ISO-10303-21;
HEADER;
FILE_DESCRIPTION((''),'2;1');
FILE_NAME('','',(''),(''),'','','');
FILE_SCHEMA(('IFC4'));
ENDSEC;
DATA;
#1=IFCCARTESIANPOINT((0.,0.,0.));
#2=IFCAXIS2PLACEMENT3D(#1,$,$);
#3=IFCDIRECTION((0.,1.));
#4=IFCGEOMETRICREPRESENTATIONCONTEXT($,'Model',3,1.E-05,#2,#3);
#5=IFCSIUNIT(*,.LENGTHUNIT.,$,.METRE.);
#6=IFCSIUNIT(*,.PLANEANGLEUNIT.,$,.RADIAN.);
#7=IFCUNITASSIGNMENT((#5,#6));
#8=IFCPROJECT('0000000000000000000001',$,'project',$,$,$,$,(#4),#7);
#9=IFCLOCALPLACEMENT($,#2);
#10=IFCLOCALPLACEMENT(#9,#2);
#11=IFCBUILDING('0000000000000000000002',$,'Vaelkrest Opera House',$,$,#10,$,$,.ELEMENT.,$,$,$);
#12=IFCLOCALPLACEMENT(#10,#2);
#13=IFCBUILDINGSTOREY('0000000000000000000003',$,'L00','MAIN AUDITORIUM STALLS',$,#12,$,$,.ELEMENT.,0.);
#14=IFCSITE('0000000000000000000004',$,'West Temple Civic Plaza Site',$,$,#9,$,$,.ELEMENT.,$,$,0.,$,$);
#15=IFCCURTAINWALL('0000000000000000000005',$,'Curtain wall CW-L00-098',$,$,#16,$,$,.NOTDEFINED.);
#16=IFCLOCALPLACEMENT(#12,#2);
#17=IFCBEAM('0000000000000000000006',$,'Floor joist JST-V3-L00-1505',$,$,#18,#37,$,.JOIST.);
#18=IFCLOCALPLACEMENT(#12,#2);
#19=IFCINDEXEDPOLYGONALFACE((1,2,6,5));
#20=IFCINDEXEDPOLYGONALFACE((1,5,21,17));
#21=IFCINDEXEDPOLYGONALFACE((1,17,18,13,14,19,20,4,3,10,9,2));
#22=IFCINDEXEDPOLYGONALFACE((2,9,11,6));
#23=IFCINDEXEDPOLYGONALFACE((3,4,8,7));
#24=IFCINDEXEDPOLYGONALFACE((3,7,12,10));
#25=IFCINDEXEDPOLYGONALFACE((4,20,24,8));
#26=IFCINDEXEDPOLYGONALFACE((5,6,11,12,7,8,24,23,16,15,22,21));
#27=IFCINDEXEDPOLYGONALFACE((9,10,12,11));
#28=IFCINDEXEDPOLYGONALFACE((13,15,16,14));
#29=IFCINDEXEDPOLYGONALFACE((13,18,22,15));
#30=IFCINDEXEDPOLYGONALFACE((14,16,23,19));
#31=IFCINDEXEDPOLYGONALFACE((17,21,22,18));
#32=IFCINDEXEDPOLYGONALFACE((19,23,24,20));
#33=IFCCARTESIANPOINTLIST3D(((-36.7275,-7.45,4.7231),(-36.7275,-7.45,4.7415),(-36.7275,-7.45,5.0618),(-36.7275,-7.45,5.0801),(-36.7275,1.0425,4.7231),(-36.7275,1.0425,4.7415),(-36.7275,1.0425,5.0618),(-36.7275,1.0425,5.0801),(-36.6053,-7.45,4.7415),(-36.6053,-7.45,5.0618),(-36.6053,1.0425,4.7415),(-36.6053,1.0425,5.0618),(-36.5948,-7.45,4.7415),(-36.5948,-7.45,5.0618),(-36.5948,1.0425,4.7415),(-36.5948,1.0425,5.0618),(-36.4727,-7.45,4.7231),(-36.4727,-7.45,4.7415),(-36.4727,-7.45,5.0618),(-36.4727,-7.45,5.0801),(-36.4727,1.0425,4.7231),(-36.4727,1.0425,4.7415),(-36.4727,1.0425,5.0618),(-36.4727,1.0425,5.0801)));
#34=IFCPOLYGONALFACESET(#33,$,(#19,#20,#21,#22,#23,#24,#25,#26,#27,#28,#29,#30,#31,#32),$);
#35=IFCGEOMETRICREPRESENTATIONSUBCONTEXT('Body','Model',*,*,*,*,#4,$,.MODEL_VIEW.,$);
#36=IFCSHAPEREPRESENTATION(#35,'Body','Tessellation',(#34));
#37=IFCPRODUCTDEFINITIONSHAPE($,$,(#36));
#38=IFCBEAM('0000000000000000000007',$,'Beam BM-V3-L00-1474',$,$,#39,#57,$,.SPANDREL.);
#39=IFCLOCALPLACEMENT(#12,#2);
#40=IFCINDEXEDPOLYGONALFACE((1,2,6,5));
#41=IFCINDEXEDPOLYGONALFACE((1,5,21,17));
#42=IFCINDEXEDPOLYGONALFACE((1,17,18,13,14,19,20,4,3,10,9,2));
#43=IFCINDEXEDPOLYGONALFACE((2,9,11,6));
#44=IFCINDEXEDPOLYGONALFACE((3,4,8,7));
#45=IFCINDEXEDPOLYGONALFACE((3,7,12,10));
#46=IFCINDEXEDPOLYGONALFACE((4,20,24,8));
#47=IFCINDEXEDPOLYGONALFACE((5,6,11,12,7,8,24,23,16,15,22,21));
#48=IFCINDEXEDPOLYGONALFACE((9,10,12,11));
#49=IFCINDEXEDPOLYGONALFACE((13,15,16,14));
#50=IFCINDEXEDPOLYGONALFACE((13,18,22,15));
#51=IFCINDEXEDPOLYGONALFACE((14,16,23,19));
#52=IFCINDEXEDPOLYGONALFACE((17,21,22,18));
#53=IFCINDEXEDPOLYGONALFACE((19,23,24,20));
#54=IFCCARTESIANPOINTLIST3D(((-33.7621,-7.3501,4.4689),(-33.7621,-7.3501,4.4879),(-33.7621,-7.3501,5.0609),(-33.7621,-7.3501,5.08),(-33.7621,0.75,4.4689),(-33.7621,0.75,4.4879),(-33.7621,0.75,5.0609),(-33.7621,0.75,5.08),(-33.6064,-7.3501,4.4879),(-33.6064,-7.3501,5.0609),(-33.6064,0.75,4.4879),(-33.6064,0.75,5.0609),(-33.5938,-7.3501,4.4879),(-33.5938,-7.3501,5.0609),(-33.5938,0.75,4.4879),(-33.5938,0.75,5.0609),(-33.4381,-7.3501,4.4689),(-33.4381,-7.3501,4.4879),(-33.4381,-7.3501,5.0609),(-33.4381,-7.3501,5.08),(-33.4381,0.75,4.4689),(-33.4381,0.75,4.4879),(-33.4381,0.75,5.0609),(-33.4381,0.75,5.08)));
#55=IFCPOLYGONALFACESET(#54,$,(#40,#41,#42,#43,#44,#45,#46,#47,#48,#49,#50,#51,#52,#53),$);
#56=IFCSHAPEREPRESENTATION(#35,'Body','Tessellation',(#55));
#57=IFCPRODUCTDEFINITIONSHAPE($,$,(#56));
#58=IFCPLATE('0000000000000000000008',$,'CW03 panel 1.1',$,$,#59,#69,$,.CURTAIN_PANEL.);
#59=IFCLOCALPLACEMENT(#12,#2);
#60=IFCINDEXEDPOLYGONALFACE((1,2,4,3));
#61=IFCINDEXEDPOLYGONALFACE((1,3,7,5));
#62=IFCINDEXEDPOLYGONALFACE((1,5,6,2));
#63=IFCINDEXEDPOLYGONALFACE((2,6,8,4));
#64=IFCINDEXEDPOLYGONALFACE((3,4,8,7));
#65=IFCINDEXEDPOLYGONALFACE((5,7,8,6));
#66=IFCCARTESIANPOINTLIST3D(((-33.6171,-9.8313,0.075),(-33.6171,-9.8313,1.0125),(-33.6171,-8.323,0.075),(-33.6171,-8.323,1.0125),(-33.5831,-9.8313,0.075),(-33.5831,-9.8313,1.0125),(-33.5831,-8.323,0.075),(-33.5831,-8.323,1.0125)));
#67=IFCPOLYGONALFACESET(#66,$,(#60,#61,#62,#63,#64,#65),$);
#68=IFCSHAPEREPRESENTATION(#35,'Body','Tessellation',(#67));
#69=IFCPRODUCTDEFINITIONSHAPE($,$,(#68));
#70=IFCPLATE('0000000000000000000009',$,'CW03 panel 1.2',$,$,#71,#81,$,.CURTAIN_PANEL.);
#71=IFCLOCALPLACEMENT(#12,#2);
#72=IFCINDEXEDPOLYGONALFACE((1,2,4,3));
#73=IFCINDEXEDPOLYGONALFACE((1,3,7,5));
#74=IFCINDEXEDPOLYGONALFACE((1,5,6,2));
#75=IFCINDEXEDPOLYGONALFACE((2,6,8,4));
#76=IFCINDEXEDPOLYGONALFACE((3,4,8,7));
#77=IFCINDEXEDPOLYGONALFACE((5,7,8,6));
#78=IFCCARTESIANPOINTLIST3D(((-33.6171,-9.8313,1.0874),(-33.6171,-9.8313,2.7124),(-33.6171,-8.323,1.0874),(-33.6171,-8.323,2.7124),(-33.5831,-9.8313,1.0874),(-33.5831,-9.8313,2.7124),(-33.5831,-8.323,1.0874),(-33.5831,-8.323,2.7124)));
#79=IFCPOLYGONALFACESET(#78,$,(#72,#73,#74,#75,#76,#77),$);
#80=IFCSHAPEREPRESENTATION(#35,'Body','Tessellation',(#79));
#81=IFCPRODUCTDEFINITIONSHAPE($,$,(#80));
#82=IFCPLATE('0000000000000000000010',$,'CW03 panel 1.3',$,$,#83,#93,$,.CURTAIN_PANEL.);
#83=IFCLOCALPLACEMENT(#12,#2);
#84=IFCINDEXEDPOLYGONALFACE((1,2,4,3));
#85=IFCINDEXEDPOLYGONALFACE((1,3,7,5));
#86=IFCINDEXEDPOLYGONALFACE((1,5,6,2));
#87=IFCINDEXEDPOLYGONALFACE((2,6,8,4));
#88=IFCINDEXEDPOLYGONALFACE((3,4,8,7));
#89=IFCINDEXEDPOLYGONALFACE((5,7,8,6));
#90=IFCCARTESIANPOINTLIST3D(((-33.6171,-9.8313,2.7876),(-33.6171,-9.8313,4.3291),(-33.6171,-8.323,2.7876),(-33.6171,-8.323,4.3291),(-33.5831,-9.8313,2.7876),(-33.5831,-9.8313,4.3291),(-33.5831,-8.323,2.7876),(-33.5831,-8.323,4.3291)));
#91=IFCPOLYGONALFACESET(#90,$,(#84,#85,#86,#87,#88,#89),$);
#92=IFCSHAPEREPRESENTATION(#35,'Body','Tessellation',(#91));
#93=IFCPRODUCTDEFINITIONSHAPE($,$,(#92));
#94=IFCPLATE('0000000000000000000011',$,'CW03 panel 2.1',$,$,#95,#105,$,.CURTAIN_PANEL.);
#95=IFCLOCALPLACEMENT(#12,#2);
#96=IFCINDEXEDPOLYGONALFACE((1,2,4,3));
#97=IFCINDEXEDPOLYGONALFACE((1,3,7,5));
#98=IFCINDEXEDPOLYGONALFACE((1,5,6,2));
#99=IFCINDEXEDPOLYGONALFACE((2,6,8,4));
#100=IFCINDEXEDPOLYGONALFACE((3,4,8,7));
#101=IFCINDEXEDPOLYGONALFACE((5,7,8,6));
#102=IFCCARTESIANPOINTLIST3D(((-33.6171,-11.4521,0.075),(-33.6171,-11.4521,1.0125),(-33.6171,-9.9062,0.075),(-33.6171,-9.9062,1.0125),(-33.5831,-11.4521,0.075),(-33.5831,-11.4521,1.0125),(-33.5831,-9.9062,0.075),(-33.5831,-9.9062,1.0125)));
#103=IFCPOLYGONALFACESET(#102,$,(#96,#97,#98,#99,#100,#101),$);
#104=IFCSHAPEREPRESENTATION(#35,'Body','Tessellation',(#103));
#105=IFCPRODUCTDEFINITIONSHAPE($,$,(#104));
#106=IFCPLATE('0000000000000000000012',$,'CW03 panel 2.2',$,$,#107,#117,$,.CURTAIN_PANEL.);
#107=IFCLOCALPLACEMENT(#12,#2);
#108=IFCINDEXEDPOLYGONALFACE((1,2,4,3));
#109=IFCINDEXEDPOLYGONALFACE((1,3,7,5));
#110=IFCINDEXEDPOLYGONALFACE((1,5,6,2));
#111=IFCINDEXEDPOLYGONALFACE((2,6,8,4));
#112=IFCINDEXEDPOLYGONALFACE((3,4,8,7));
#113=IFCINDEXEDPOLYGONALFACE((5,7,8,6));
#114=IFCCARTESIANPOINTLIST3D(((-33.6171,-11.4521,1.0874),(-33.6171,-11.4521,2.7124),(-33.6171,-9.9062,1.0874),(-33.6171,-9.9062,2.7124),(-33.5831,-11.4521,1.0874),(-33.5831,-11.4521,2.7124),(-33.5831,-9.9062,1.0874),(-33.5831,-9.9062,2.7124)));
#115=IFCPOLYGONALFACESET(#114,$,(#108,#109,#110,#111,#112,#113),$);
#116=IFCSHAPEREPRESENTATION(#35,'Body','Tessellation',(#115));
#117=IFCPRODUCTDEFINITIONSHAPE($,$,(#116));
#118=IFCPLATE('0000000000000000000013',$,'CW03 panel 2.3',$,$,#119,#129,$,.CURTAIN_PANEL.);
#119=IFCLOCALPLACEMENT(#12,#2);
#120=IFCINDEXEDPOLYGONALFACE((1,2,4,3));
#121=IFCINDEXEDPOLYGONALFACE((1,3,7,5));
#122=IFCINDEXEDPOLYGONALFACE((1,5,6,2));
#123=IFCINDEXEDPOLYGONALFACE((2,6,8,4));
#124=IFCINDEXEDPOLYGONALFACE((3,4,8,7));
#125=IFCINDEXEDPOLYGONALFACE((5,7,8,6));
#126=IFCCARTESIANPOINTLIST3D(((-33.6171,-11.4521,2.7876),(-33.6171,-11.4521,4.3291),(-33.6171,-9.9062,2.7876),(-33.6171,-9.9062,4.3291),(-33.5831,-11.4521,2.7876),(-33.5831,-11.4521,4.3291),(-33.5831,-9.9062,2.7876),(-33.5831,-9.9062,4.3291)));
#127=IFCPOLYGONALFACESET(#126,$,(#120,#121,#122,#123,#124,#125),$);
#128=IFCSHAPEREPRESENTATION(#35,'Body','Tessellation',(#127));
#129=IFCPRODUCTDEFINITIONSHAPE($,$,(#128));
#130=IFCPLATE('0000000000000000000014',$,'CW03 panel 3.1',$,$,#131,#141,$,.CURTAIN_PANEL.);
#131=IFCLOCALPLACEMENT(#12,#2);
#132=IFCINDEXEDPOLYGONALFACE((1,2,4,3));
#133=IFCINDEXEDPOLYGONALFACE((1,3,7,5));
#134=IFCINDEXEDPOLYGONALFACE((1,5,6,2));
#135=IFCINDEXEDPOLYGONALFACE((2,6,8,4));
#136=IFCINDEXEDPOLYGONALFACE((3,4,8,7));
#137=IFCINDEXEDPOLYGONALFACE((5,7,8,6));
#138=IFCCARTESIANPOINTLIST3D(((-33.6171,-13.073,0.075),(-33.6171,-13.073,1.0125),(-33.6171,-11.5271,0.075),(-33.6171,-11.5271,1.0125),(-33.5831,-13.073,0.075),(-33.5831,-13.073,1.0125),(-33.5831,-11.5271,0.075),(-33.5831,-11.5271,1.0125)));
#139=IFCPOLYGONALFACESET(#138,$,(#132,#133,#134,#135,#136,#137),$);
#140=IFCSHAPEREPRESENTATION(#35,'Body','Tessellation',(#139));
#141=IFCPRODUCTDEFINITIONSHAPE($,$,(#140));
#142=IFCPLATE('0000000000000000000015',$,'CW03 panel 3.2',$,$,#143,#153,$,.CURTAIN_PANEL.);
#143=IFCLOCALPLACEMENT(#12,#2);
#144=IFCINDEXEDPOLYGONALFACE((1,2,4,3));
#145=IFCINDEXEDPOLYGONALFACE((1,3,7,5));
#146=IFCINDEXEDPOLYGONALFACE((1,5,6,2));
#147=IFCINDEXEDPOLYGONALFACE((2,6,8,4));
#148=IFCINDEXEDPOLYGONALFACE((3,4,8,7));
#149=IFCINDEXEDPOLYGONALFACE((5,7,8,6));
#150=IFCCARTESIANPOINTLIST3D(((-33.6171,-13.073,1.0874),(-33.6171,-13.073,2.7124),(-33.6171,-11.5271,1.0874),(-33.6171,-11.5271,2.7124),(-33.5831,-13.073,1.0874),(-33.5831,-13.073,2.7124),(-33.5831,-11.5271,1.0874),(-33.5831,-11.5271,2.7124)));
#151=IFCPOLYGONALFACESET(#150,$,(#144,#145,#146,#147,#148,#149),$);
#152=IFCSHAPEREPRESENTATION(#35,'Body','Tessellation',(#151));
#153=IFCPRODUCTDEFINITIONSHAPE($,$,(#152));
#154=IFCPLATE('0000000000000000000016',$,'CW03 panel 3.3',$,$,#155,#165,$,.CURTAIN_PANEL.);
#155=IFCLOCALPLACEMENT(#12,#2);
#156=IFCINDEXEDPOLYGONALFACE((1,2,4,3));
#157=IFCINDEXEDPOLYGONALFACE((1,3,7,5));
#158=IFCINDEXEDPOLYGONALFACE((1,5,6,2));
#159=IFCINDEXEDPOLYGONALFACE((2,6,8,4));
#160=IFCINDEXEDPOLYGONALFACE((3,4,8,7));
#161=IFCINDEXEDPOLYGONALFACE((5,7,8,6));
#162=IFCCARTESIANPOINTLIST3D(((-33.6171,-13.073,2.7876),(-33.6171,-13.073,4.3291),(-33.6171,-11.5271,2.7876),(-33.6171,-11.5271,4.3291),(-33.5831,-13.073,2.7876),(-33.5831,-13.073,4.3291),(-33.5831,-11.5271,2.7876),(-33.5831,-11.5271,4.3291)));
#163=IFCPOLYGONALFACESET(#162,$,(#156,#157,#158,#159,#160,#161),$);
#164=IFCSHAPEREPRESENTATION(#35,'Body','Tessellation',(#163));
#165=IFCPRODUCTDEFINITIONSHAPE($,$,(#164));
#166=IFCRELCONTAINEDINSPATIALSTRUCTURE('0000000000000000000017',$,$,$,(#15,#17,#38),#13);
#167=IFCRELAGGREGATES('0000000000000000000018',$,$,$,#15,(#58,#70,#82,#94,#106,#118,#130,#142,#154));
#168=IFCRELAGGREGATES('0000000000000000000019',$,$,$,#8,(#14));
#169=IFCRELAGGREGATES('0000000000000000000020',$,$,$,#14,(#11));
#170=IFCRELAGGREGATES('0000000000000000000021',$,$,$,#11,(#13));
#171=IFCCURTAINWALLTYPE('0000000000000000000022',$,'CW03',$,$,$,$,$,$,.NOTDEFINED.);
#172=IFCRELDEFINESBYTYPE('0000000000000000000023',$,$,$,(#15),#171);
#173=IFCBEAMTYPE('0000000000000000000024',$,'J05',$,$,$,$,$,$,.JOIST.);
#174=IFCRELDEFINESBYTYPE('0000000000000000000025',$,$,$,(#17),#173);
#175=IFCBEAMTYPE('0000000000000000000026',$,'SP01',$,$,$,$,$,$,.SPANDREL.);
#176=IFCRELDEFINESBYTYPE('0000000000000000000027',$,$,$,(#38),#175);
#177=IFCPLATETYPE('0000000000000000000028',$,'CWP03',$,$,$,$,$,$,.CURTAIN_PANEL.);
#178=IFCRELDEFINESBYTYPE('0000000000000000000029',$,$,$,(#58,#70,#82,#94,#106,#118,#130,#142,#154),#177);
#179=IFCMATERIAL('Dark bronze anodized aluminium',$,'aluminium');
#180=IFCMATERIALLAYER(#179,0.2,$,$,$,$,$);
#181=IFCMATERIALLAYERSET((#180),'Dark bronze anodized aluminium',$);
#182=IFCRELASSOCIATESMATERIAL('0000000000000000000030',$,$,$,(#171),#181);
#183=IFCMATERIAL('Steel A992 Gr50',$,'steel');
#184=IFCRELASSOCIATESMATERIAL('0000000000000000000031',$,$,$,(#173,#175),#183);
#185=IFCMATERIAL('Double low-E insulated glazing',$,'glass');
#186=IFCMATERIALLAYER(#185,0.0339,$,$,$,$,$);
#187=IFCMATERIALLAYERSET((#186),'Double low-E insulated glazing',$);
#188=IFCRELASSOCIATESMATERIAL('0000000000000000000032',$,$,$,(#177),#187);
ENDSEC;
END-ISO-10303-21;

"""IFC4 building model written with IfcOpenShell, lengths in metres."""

from ifc_helpers import new_model, si_unit, direction, frame, origin, origin_2d, place, context, subcontext, project, spatial, rectangle, i_section, extrude, material, layer, layer_set, material_profile, profile_set, type_object, element, aggregate, save


model = new_model("IFC4")

# Units and contexts
model_context = context("Model", 3, precision=1e-05, world=origin(), true_north=direction((0.0, 1.0)))
body_context = subcontext(model_context, "Body", "Model", "MODEL_VIEW")
ifc_project = project(units=[si_unit("LENGTHUNIT", "METRE"), si_unit("PLANEANGLEUNIT", "RADIAN")], contexts=[model_context])

# Site, building, storey
site_placement = place(None, origin())
site = spatial("IfcSite", under=ifc_project, at=site_placement, Name="West Temple Civic Plaza Site", CompositionType="ELEMENT", RefElevation=0.0)
building_placement = place(site_placement, origin())
building = spatial("IfcBuilding", under=site, at=building_placement, Name="Vaelkrest Opera House", CompositionType="ELEMENT")
storey_placement = place(building_placement, origin())
storey = spatial("IfcBuildingStorey", under=building, at=storey_placement, Name="L00", Description="MAIN AUDITORIUM STALLS", CompositionType="ELEMENT", Elevation=0.0)

# Curtain wall
ifc_material_1 = material(Name="Dark bronze anodized aluminium", Category="aluminium")
ifc_layer_1 = layer(ifc_material_1, 0.2)
ifc_layer_set_1 = layer_set([ifc_layer_1], Name="Dark bronze anodized aluminium")
curtain_wall_type = type_object("IfcCurtainWallType", Name="CW03", PredefinedType="NOTDEFINED", material=ifc_layer_set_1)
curtain_wall_placement = place(storey_placement, origin())
curtain_wall = element("IfcCurtainWall", 1, at=curtain_wall_placement, inside=storey, type_object=curtain_wall_type, Name="Curtain wall CW-L00-098", PredefinedType="NOTDEFINED")

# Beams
ifc_material_2 = material(Name="Steel A992 Gr50", Category="steel")
ifc_material_profile_1 = material_profile(ifc_material_2, i_section(OverallWidth=0.2549, OverallDepth=0.3569, WebThickness=0.0105, FlangeThickness=0.0183, at=origin_2d()), Name="W14X68")
ifc_profile_set_1 = profile_set([ifc_material_profile_1], Name="Steel A992 Gr50")
beam_type_1 = type_object("IfcBeamType", Name="J05", PredefinedType="JOIST", material=ifc_profile_set_1)
beam_1_placement = place(storey_placement, frame((-36.6001, -7.45, 4.9016), z_axis=(0.0, 1.0, 0.0), x_axis=(-1.0, 0.0, 0.0)))
element("IfcBeam", 2, at=beam_1_placement, inside=storey, type_object=beam_type_1, Name="Floor joist JST-V3-L00-1505", PredefinedType="JOIST", context=body_context, shape_type="SweptSolid", body=[
    extrude(i_section(OverallWidth=0.2549, OverallDepth=0.3569, WebThickness=0.0105, FlangeThickness=0.0183, at=origin_2d()), origin(), (0.0, 0.0, 1.0), 8.4924),
])
ifc_material_profile_2 = material_profile(ifc_material_2, i_section(OverallWidth=0.324, OverallDepth=0.6111, WebThickness=0.0127, FlangeThickness=0.019, at=origin_2d()), Name="W24X104")
ifc_profile_set_2 = profile_set([ifc_material_profile_2], Name="Steel A992 Gr50")
beam_type_2 = type_object("IfcBeamType", Name="SP01", PredefinedType="SPANDREL", material=ifc_profile_set_2)
beam_2_placement = place(storey_placement, frame((-33.6001, -7.3501, 4.7744), z_axis=(0.0, 1.0, 0.0), x_axis=(-1.0, 0.0, 0.0)))
element("IfcBeam", 3, at=beam_2_placement, inside=storey, type_object=beam_type_2, Name="Beam BM-V3-L00-1474", PredefinedType="SPANDREL", context=body_context, shape_type="SweptSolid", body=[
    extrude(i_section(OverallWidth=0.324, OverallDepth=0.6111, WebThickness=0.0127, FlangeThickness=0.019, at=origin_2d()), origin(), (0.0, 0.0, 1.0), 8.1001),
])

# Plates
ifc_material_3 = material(Name="Double low-E insulated glazing", Category="glass")
ifc_layer_2 = layer(ifc_material_3, 0.0339)
ifc_layer_set_2 = layer_set([ifc_layer_2], Name="Double low-E insulated glazing")
plate_type = type_object("IfcPlateType", Name="CWP03", PredefinedType="CURTAIN_PANEL", material=ifc_layer_set_2)
plate_1_placement = place(storey_placement, frame((-33.6001, -9.0771, 0.075), z_axis=(0.0, 0.0, 1.0), x_axis=(0.0, -1.0, 0.0)))
plate_1 = element("IfcPlate", 4, at=plate_1_placement, type_object=plate_type, Name="CW03 panel 1.1", PredefinedType="CURTAIN_PANEL", context=body_context, shape_type="SweptSolid", body=[
    extrude(rectangle(XDim=1.5083, YDim=0.0339, at=origin_2d()), origin(), (0.0, 0.0, 1.0), 0.9375),
])
plate_2_placement = place(storey_placement, frame((-33.6001, -9.0771, 1.0874), z_axis=(0.0, 0.0, 1.0), x_axis=(0.0, -1.0, 0.0)))
plate_2 = element("IfcPlate", 5, at=plate_2_placement, type_object=plate_type, Name="CW03 panel 1.2", PredefinedType="CURTAIN_PANEL", context=body_context, shape_type="SweptSolid", body=[
    extrude(rectangle(XDim=1.5083, YDim=0.0339, at=origin_2d()), origin(), (0.0, 0.0, 1.0), 1.625),
])
plate_3_placement = place(storey_placement, frame((-33.6001, -9.0771, 2.7876), z_axis=(0.0, 0.0, 1.0), x_axis=(0.0, -1.0, 0.0)))
plate_3 = element("IfcPlate", 6, at=plate_3_placement, type_object=plate_type, Name="CW03 panel 1.3", PredefinedType="CURTAIN_PANEL", context=body_context, shape_type="SweptSolid", body=[
    extrude(rectangle(XDim=1.5083, YDim=0.0339, at=origin_2d()), origin(), (0.0, 0.0, 1.0), 1.5415),
])
plate_4_placement = place(storey_placement, frame((-33.6001, -10.6792, 0.075), z_axis=(0.0, 0.0, 1.0), x_axis=(0.0, -1.0, 0.0)))
plate_4 = element("IfcPlate", 7, at=plate_4_placement, type_object=plate_type, Name="CW03 panel 2.1", PredefinedType="CURTAIN_PANEL", context=body_context, shape_type="SweptSolid", body=[
    extrude(rectangle(XDim=1.5459, YDim=0.0339, at=origin_2d()), origin(), (0.0, 0.0, 1.0), 0.9375),
])
plate_5_placement = place(storey_placement, frame((-33.6001, -10.6792, 1.0874), z_axis=(0.0, 0.0, 1.0), x_axis=(0.0, -1.0, 0.0)))
plate_5 = element("IfcPlate", 8, at=plate_5_placement, type_object=plate_type, Name="CW03 panel 2.2", PredefinedType="CURTAIN_PANEL", context=body_context, shape_type="SweptSolid", body=[
    extrude(rectangle(XDim=1.5459, YDim=0.0339, at=origin_2d()), origin(), (0.0, 0.0, 1.0), 1.625),
])
plate_6_placement = place(storey_placement, frame((-33.6001, -10.6792, 2.7876), z_axis=(0.0, 0.0, 1.0), x_axis=(0.0, -1.0, 0.0)))
plate_6 = element("IfcPlate", 9, at=plate_6_placement, type_object=plate_type, Name="CW03 panel 2.3", PredefinedType="CURTAIN_PANEL", context=body_context, shape_type="SweptSolid", body=[
    extrude(rectangle(XDim=1.5459, YDim=0.0339, at=origin_2d()), origin(), (0.0, 0.0, 1.0), 1.5415),
])
plate_7_placement = place(storey_placement, frame((-33.6001, -12.3, 0.075), z_axis=(0.0, 0.0, 1.0), x_axis=(0.0, -1.0, 0.0)))
plate_7 = element("IfcPlate", 10, at=plate_7_placement, type_object=plate_type, Name="CW03 panel 3.1", PredefinedType="CURTAIN_PANEL", context=body_context, shape_type="SweptSolid", body=[
    extrude(rectangle(XDim=1.5459, YDim=0.0339, at=origin_2d()), origin(), (0.0, 0.0, 1.0), 0.9375),
])
plate_8_placement = place(storey_placement, frame((-33.6001, -12.3, 1.0874), z_axis=(0.0, 0.0, 1.0), x_axis=(0.0, -1.0, 0.0)))
plate_8 = element("IfcPlate", 11, at=plate_8_placement, type_object=plate_type, Name="CW03 panel 3.2", PredefinedType="CURTAIN_PANEL", context=body_context, shape_type="SweptSolid", body=[
    extrude(rectangle(XDim=1.5459, YDim=0.0339, at=origin_2d()), origin(), (0.0, 0.0, 1.0), 1.625),
])
plate_9_placement = place(storey_placement, frame((-33.6001, -12.3, 2.7876), z_axis=(0.0, 0.0, 1.0), x_axis=(0.0, -1.0, 0.0)))
plate_9 = element("IfcPlate", 12, at=plate_9_placement, type_object=plate_type, Name="CW03 panel 3.3", PredefinedType="CURTAIN_PANEL", context=body_context, shape_type="SweptSolid", body=[
    extrude(rectangle(XDim=1.5459, YDim=0.0339, at=origin_2d()), origin(), (0.0, 0.0, 1.0), 1.5415),
])
aggregate(curtain_wall, [plate_1, plate_2, plate_3, plate_4, plate_5, plate_6, plate_7, plate_8, plate_9])

save(model, "model.ifc")
